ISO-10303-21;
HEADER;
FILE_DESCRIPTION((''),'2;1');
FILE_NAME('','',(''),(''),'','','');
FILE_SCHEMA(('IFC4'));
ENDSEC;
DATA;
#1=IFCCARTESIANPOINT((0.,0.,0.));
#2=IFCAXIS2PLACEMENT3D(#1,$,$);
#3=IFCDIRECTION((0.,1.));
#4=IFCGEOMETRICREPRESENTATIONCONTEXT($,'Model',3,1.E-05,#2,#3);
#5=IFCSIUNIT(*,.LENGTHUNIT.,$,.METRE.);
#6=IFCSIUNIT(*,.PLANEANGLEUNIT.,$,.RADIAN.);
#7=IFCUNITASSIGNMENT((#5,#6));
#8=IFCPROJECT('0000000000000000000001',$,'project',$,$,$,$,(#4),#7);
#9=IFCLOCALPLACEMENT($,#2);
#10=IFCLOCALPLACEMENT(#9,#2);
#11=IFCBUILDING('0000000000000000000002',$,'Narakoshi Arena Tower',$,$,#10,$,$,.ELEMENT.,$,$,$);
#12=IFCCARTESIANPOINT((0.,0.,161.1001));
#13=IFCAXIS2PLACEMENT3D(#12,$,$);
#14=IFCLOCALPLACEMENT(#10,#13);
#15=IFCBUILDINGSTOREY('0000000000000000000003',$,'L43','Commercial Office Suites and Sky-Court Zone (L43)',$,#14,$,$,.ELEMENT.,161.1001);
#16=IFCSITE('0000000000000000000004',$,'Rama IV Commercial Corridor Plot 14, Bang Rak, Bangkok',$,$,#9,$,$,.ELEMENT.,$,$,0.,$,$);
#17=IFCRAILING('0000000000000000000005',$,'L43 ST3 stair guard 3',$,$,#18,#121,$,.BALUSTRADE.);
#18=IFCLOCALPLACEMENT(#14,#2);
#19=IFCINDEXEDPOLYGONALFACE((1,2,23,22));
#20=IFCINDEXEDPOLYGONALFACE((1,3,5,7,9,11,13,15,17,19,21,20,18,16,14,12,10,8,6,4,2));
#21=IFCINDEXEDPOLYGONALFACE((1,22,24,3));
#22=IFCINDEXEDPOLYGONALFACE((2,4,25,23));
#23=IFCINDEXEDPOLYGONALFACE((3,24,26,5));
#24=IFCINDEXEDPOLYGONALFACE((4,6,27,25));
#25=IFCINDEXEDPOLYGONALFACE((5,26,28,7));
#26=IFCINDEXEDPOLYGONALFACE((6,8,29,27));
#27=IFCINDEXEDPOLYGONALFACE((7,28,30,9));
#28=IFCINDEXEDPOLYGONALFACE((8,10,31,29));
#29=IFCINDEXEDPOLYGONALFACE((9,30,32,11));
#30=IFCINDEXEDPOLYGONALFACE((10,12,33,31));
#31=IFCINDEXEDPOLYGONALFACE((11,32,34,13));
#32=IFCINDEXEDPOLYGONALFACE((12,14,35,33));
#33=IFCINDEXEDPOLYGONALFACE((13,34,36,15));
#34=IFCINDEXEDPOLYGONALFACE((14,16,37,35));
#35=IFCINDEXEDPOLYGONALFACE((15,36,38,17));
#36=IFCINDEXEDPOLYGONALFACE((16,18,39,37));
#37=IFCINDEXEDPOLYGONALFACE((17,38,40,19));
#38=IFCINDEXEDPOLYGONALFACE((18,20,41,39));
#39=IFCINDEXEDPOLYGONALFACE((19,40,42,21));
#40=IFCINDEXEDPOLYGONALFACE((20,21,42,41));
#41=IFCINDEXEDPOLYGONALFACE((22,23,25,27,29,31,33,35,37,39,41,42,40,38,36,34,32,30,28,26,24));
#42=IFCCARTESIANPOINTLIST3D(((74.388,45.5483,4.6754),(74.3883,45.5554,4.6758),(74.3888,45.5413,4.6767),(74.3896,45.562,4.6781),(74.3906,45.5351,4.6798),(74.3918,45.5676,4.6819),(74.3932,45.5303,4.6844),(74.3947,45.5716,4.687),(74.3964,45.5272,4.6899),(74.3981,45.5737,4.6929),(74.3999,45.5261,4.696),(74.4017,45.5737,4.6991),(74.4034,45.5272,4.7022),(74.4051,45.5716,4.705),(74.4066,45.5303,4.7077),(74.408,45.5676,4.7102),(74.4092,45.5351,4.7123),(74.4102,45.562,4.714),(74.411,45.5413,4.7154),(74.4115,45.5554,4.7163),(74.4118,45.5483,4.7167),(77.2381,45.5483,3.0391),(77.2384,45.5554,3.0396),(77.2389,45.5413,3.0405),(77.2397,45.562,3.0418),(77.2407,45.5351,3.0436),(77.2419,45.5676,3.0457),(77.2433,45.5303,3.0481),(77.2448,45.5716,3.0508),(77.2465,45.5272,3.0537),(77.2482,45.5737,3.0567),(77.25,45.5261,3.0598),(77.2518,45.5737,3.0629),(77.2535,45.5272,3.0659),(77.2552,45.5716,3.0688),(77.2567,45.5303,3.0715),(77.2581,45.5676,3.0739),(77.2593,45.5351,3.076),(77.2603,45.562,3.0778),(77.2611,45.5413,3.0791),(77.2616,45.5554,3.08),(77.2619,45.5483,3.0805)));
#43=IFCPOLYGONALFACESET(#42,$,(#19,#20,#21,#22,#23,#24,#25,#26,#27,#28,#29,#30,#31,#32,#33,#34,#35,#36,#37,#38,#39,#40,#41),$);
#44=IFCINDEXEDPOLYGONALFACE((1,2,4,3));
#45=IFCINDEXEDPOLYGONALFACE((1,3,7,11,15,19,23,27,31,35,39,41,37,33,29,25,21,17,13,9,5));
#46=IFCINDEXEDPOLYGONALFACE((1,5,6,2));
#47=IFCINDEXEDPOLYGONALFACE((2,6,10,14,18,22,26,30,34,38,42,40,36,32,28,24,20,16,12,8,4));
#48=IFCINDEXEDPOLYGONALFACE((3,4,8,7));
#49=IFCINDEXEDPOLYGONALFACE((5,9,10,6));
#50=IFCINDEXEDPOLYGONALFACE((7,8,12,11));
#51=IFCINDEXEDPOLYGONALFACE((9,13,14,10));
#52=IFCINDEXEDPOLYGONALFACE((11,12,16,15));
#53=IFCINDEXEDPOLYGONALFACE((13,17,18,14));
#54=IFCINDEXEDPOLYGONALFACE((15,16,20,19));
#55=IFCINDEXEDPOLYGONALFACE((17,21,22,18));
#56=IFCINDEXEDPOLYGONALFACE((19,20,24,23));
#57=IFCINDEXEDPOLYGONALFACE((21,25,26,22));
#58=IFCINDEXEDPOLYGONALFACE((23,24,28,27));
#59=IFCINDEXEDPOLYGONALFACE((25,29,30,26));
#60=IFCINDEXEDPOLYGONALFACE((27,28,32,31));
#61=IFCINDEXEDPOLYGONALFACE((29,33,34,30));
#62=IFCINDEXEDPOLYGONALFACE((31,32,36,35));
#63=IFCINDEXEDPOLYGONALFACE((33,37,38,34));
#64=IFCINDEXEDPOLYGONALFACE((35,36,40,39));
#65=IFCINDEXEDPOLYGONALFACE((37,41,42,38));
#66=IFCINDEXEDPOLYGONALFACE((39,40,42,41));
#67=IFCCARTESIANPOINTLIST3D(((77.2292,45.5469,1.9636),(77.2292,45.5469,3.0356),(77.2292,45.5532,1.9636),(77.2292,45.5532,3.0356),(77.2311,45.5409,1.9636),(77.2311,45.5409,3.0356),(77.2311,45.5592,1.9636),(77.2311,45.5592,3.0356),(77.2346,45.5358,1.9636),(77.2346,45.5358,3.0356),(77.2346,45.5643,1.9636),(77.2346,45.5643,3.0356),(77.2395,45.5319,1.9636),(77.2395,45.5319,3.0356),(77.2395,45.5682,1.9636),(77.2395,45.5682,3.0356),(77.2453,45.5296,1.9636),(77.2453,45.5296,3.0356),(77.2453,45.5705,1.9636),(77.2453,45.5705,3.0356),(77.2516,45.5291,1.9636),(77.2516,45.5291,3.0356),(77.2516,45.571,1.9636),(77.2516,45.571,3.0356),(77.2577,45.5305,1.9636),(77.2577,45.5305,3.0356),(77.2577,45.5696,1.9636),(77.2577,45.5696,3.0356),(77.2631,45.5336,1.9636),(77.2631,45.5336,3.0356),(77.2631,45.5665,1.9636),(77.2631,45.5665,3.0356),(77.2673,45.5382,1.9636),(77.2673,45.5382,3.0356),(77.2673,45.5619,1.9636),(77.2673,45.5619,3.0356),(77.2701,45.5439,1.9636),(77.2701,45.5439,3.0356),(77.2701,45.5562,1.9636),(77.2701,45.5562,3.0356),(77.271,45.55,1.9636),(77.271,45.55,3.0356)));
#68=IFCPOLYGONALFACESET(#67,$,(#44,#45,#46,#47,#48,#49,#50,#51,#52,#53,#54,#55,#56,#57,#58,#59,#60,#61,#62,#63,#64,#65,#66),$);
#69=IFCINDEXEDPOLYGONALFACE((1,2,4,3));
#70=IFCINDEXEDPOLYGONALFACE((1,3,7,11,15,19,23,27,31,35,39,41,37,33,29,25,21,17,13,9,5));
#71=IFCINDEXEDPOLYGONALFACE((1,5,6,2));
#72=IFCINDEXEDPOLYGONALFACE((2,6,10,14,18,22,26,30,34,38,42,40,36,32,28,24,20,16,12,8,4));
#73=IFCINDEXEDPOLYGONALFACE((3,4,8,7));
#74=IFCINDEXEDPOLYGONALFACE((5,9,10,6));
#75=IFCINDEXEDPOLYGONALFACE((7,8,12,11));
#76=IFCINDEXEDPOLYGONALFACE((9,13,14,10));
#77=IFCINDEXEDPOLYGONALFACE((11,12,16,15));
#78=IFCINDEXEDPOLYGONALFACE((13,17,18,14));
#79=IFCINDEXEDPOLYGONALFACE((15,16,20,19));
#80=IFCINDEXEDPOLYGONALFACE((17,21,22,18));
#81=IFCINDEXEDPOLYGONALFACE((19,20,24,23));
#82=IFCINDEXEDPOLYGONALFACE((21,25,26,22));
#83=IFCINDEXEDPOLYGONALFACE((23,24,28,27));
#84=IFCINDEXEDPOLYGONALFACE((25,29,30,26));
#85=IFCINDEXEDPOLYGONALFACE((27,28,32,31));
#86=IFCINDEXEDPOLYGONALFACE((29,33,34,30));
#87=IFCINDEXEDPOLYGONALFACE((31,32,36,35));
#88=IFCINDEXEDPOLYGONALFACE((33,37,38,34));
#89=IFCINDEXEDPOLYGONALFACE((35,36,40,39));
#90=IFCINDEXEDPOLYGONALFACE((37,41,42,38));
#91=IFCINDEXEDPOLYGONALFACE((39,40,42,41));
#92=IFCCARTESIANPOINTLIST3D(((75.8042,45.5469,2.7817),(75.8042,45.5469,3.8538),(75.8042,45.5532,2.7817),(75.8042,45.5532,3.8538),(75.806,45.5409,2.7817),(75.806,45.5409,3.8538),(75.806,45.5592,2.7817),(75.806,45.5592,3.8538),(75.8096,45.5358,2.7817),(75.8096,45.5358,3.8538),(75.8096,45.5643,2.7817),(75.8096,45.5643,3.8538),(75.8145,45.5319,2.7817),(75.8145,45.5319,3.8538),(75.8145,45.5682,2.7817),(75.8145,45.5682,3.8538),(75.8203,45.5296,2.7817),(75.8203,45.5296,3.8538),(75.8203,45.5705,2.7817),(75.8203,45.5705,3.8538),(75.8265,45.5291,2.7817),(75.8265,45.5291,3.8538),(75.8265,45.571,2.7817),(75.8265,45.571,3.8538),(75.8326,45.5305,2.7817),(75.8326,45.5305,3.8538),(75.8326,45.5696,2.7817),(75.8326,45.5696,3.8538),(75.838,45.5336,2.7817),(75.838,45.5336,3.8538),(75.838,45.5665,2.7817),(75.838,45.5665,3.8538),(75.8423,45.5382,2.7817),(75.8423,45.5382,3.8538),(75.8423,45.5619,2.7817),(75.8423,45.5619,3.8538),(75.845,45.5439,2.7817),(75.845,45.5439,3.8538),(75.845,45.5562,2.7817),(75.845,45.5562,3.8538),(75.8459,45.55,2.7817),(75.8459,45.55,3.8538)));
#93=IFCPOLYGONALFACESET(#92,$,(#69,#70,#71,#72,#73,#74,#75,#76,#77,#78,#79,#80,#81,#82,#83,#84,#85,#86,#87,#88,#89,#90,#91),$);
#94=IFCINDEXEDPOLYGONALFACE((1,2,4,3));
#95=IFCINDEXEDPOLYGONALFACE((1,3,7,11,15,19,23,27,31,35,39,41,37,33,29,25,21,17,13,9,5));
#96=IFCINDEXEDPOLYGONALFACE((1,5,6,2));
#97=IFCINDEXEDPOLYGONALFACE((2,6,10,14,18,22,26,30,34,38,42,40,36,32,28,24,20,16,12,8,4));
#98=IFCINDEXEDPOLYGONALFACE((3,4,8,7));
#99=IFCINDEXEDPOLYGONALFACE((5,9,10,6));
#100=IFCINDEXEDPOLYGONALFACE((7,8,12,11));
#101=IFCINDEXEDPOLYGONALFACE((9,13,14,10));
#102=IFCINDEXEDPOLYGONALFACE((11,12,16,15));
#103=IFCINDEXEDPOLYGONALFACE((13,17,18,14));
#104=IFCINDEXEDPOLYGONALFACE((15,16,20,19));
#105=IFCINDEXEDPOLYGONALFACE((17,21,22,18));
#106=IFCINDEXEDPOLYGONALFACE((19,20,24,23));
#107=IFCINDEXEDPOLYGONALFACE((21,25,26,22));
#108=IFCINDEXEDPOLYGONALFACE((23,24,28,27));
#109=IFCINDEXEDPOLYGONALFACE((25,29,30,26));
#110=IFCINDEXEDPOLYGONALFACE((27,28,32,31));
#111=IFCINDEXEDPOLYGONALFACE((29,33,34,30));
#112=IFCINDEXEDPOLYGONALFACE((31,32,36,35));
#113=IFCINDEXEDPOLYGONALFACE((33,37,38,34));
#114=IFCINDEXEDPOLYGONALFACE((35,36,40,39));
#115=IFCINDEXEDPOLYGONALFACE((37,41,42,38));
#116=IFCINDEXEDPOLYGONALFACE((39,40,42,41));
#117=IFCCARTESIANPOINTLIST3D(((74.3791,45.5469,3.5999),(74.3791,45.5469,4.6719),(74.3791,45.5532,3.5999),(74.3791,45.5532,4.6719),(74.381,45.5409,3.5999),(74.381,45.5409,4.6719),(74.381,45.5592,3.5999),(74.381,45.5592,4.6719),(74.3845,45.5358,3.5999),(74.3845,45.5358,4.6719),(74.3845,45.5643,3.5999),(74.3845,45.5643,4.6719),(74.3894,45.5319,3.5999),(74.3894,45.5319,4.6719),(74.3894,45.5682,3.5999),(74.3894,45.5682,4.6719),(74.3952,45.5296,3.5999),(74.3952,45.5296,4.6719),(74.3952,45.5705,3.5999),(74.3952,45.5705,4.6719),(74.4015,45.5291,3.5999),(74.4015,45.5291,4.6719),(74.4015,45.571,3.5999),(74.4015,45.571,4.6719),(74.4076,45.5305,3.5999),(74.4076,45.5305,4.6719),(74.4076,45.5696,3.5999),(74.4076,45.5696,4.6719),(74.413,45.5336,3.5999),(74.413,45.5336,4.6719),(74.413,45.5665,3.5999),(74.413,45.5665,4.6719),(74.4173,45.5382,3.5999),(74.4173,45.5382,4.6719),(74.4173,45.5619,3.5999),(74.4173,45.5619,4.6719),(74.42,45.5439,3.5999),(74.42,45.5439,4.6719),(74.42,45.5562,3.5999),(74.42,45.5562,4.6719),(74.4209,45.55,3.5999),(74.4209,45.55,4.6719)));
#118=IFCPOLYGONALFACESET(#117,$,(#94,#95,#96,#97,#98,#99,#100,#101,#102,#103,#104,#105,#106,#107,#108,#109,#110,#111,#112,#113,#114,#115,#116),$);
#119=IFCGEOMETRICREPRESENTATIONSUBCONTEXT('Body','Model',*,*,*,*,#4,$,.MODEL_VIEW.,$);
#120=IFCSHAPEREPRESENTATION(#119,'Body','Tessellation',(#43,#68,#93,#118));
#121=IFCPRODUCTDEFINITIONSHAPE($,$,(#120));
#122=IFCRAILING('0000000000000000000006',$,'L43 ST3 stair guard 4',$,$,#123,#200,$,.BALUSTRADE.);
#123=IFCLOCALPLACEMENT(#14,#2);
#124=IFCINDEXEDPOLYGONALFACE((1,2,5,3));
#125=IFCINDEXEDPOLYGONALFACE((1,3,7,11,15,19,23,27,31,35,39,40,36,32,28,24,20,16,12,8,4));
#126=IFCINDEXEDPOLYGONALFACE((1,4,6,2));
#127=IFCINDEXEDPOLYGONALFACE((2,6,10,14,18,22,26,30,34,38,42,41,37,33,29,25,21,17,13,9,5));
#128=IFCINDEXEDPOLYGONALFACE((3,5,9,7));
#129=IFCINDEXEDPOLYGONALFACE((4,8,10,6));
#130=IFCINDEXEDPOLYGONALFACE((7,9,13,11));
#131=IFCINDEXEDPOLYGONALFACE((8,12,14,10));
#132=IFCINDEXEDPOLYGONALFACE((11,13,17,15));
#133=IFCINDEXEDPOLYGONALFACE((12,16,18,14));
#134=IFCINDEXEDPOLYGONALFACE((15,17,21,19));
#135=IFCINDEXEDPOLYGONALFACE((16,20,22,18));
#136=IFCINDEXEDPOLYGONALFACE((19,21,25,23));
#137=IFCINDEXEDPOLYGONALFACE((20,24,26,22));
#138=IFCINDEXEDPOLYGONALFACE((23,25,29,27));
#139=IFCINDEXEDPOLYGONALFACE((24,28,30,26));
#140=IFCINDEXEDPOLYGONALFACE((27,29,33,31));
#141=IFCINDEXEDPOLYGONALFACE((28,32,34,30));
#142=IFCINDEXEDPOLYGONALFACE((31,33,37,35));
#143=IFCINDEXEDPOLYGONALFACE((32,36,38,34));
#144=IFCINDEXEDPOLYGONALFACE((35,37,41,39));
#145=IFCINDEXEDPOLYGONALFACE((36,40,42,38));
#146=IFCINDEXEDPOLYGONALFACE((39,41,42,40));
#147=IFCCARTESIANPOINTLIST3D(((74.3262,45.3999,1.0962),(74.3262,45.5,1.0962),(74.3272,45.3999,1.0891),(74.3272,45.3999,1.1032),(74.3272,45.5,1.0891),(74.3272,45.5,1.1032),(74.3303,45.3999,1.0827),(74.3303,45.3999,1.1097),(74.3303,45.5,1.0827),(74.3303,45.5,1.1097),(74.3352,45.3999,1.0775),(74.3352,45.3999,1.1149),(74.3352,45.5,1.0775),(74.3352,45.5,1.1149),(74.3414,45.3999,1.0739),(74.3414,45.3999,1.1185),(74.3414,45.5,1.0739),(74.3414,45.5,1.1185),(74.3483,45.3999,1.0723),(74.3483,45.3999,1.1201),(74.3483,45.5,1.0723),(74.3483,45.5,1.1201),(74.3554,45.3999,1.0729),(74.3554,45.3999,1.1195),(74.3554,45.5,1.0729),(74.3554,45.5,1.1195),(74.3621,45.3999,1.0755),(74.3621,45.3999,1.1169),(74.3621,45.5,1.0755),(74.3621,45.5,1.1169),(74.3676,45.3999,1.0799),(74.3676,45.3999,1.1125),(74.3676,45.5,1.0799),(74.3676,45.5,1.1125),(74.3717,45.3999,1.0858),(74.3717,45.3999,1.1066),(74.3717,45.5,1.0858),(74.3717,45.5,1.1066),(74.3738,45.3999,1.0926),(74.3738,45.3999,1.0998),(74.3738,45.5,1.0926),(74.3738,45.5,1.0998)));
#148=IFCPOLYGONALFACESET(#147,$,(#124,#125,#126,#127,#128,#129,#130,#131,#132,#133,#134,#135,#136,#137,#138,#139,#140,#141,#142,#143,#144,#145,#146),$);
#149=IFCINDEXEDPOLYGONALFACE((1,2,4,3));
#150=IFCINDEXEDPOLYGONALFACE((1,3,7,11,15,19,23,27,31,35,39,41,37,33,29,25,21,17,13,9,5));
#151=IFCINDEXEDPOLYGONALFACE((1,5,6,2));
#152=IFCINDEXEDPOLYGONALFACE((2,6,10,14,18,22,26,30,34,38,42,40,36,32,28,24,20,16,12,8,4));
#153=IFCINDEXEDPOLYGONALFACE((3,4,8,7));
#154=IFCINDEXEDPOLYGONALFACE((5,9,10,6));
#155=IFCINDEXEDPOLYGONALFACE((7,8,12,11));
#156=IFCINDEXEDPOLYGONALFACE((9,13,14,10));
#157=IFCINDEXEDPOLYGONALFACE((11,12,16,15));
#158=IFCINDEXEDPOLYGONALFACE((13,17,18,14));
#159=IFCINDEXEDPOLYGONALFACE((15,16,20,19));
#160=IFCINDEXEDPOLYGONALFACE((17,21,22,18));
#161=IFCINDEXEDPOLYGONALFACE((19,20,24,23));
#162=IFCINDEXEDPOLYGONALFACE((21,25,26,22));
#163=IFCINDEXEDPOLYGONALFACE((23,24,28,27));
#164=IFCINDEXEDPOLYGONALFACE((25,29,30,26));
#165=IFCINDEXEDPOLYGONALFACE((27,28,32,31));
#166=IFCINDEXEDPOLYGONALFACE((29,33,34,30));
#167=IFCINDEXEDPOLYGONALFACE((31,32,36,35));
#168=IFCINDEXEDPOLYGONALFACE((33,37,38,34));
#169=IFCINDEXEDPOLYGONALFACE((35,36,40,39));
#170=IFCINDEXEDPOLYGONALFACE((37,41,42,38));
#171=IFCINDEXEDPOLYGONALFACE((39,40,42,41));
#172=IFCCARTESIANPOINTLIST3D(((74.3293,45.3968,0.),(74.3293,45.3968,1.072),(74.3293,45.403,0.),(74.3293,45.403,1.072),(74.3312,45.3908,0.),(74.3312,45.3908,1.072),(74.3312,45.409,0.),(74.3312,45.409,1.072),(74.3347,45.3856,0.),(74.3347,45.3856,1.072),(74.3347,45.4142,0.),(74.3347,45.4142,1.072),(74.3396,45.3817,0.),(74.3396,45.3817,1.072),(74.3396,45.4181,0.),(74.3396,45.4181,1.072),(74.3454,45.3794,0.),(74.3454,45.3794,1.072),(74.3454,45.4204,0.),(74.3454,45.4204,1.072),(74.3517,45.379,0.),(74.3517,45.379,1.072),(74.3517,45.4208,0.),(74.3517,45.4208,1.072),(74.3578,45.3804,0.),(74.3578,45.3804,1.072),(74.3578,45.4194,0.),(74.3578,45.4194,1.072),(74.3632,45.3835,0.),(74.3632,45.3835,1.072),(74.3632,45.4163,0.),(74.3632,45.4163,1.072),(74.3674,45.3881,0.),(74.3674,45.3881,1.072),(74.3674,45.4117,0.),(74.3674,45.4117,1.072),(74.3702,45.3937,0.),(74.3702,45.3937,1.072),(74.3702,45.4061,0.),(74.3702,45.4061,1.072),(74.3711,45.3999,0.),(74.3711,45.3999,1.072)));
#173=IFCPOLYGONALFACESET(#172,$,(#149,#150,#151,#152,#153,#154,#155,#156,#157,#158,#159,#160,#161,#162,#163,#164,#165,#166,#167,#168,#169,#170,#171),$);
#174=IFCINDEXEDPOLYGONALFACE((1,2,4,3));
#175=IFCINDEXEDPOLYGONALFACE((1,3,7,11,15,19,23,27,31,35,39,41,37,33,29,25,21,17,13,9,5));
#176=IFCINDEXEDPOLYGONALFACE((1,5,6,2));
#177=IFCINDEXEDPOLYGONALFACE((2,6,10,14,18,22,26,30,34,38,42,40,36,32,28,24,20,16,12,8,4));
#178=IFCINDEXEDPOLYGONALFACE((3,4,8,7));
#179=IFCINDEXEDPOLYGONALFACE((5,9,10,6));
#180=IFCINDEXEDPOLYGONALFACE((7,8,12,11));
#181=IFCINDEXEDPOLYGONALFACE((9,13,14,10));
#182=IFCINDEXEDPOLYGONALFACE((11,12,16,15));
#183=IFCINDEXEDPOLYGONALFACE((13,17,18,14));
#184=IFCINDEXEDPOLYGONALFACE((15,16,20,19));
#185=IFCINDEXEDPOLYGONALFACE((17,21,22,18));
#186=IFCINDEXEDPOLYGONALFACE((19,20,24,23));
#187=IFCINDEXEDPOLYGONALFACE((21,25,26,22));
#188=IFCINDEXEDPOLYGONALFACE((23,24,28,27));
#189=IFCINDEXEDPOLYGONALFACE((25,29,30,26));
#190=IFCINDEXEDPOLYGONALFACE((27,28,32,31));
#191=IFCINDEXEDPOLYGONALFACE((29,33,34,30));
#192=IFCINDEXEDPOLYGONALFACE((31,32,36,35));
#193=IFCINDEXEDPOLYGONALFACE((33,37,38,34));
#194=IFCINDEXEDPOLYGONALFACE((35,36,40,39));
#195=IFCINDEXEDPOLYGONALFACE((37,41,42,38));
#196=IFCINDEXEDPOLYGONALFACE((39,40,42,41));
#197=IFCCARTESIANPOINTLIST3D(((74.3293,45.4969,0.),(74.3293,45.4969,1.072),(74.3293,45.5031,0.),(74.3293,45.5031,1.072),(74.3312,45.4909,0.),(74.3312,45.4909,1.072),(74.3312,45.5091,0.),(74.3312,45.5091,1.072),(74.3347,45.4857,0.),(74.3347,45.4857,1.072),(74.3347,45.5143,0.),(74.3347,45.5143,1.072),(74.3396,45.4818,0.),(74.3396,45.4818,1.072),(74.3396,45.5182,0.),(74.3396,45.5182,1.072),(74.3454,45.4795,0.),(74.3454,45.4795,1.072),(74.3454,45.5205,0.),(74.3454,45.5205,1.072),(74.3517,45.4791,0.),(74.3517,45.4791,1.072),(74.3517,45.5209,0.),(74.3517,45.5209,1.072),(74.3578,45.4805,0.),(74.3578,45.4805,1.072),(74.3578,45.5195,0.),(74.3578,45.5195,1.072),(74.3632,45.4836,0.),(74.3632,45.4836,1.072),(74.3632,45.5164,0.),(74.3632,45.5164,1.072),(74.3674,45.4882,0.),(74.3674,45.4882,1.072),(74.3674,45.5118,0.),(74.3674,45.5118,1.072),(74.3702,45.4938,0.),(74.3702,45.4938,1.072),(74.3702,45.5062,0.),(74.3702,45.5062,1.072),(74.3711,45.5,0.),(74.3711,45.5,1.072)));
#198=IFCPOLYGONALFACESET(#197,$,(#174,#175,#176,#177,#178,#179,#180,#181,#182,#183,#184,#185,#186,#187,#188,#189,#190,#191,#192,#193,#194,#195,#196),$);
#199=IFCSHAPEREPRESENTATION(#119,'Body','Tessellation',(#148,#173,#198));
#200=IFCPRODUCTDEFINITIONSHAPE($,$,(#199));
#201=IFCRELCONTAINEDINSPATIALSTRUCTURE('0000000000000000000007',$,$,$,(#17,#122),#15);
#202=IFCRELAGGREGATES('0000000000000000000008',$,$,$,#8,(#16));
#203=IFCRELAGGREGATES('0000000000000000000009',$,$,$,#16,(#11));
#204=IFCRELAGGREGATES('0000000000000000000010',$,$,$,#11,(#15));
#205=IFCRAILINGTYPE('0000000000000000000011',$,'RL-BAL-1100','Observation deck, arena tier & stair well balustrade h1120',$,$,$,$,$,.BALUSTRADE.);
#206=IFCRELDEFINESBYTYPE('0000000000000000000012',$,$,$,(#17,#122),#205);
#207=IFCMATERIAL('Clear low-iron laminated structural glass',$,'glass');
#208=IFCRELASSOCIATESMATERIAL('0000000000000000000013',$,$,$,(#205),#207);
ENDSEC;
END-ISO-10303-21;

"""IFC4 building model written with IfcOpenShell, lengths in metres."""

from ifc_helpers import new_model, si_unit, direction, frame, origin, origin_2d, place, context, subcontext, project, spatial, circle, extrude, material, type_object, element, save


model = new_model("IFC4")

# Units and contexts
model_context = context("Model", 3, precision=1e-05, world=origin(), true_north=direction((0.0, 1.0)))
body_context = subcontext(model_context, "Body", "Model", "MODEL_VIEW")
ifc_project = project(units=[si_unit("LENGTHUNIT", "METRE"), si_unit("PLANEANGLEUNIT", "RADIAN")], contexts=[model_context])

# Site, building, storey
site_placement = place(None, origin())
site = spatial("IfcSite", under=ifc_project, at=site_placement, Name="Rama IV Commercial Corridor Plot 14, Bang Rak, Bangkok", CompositionType="ELEMENT", RefElevation=0.0)
building_placement = place(site_placement, origin())
building = spatial("IfcBuilding", under=site, at=building_placement, Name="Narakoshi Arena Tower", CompositionType="ELEMENT")
storey_placement = place(building_placement, frame((0.0, 0.0, 161.1001)))
storey = spatial("IfcBuildingStorey", under=building, at=storey_placement, Name="L43", Description="Commercial Office Suites and Sky-Court Zone (L43)", CompositionType="ELEMENT", Elevation=161.1001)

# Railings
ifc_material_1 = material(Name="Clear low-iron laminated structural glass", Category="glass")
railing_type_1 = type_object("IfcRailingType", Name="RL-BAL-1100", Description="Observation deck, arena tier & stair well balustrade h1120", PredefinedType="BALUSTRADE", material=ifc_material_1)
railing_1_placement = place(storey_placement, frame((77.25, 45.55, 1.9636)))
element("IfcRailing", 1, at=railing_1_placement, inside=storey, type_object=railing_type_1, Name="L43 ST3 stair guard 3", PredefinedType="BALUSTRADE", context=body_context, shape_type="SweptSolid", body=[
    extrude(circle(Radius=0.0239, at=origin_2d()), frame((0.0, 0.0, 1.0962), z_axis=(-0.867245, 0.0, 0.497882), x_axis=(0.0, -1.0, 0.0)), (0.0, 0.0, 1.0), 3.2864),
    extrude(circle(Radius=0.021, at=origin_2d()), origin(), (0.0, 0.0, 1.0), 1.072),
    extrude(circle(Radius=0.021, at=origin_2d()), frame((-1.425, 0.0, 0.8181)), (0.0, 0.0, 1.0), 1.072),
    extrude(circle(Radius=0.021, at=origin_2d()), frame((-2.8501, 0.0, 1.6362)), (0.0, 0.0, 1.0), 1.072),
])
railing_2_placement = place(storey_placement, frame((74.3501, 45.3999, 0.0)))
element("IfcRailing", 2, at=railing_2_placement, inside=storey, type_object=railing_type_1, Name="L43 ST3 stair guard 4", PredefinedType="BALUSTRADE", context=body_context, shape_type="SweptSolid", body=[
    extrude(circle(Radius=0.0239, at=origin_2d()), frame((0.0, 0.0, 1.0962), z_axis=(0.0, 1.0, 0.0), x_axis=(-1.0, 0.0, 0.0)), (0.0, 0.0, 1.0), 0.1001),
    extrude(circle(Radius=0.021, at=origin_2d()), origin(), (0.0, 0.0, 1.0), 1.072),
    extrude(circle(Radius=0.021, at=origin_2d()), frame((0.0, 0.1001, 0.0)), (0.0, 0.0, 1.0), 1.072),
])

save(model, "model.ifc")
